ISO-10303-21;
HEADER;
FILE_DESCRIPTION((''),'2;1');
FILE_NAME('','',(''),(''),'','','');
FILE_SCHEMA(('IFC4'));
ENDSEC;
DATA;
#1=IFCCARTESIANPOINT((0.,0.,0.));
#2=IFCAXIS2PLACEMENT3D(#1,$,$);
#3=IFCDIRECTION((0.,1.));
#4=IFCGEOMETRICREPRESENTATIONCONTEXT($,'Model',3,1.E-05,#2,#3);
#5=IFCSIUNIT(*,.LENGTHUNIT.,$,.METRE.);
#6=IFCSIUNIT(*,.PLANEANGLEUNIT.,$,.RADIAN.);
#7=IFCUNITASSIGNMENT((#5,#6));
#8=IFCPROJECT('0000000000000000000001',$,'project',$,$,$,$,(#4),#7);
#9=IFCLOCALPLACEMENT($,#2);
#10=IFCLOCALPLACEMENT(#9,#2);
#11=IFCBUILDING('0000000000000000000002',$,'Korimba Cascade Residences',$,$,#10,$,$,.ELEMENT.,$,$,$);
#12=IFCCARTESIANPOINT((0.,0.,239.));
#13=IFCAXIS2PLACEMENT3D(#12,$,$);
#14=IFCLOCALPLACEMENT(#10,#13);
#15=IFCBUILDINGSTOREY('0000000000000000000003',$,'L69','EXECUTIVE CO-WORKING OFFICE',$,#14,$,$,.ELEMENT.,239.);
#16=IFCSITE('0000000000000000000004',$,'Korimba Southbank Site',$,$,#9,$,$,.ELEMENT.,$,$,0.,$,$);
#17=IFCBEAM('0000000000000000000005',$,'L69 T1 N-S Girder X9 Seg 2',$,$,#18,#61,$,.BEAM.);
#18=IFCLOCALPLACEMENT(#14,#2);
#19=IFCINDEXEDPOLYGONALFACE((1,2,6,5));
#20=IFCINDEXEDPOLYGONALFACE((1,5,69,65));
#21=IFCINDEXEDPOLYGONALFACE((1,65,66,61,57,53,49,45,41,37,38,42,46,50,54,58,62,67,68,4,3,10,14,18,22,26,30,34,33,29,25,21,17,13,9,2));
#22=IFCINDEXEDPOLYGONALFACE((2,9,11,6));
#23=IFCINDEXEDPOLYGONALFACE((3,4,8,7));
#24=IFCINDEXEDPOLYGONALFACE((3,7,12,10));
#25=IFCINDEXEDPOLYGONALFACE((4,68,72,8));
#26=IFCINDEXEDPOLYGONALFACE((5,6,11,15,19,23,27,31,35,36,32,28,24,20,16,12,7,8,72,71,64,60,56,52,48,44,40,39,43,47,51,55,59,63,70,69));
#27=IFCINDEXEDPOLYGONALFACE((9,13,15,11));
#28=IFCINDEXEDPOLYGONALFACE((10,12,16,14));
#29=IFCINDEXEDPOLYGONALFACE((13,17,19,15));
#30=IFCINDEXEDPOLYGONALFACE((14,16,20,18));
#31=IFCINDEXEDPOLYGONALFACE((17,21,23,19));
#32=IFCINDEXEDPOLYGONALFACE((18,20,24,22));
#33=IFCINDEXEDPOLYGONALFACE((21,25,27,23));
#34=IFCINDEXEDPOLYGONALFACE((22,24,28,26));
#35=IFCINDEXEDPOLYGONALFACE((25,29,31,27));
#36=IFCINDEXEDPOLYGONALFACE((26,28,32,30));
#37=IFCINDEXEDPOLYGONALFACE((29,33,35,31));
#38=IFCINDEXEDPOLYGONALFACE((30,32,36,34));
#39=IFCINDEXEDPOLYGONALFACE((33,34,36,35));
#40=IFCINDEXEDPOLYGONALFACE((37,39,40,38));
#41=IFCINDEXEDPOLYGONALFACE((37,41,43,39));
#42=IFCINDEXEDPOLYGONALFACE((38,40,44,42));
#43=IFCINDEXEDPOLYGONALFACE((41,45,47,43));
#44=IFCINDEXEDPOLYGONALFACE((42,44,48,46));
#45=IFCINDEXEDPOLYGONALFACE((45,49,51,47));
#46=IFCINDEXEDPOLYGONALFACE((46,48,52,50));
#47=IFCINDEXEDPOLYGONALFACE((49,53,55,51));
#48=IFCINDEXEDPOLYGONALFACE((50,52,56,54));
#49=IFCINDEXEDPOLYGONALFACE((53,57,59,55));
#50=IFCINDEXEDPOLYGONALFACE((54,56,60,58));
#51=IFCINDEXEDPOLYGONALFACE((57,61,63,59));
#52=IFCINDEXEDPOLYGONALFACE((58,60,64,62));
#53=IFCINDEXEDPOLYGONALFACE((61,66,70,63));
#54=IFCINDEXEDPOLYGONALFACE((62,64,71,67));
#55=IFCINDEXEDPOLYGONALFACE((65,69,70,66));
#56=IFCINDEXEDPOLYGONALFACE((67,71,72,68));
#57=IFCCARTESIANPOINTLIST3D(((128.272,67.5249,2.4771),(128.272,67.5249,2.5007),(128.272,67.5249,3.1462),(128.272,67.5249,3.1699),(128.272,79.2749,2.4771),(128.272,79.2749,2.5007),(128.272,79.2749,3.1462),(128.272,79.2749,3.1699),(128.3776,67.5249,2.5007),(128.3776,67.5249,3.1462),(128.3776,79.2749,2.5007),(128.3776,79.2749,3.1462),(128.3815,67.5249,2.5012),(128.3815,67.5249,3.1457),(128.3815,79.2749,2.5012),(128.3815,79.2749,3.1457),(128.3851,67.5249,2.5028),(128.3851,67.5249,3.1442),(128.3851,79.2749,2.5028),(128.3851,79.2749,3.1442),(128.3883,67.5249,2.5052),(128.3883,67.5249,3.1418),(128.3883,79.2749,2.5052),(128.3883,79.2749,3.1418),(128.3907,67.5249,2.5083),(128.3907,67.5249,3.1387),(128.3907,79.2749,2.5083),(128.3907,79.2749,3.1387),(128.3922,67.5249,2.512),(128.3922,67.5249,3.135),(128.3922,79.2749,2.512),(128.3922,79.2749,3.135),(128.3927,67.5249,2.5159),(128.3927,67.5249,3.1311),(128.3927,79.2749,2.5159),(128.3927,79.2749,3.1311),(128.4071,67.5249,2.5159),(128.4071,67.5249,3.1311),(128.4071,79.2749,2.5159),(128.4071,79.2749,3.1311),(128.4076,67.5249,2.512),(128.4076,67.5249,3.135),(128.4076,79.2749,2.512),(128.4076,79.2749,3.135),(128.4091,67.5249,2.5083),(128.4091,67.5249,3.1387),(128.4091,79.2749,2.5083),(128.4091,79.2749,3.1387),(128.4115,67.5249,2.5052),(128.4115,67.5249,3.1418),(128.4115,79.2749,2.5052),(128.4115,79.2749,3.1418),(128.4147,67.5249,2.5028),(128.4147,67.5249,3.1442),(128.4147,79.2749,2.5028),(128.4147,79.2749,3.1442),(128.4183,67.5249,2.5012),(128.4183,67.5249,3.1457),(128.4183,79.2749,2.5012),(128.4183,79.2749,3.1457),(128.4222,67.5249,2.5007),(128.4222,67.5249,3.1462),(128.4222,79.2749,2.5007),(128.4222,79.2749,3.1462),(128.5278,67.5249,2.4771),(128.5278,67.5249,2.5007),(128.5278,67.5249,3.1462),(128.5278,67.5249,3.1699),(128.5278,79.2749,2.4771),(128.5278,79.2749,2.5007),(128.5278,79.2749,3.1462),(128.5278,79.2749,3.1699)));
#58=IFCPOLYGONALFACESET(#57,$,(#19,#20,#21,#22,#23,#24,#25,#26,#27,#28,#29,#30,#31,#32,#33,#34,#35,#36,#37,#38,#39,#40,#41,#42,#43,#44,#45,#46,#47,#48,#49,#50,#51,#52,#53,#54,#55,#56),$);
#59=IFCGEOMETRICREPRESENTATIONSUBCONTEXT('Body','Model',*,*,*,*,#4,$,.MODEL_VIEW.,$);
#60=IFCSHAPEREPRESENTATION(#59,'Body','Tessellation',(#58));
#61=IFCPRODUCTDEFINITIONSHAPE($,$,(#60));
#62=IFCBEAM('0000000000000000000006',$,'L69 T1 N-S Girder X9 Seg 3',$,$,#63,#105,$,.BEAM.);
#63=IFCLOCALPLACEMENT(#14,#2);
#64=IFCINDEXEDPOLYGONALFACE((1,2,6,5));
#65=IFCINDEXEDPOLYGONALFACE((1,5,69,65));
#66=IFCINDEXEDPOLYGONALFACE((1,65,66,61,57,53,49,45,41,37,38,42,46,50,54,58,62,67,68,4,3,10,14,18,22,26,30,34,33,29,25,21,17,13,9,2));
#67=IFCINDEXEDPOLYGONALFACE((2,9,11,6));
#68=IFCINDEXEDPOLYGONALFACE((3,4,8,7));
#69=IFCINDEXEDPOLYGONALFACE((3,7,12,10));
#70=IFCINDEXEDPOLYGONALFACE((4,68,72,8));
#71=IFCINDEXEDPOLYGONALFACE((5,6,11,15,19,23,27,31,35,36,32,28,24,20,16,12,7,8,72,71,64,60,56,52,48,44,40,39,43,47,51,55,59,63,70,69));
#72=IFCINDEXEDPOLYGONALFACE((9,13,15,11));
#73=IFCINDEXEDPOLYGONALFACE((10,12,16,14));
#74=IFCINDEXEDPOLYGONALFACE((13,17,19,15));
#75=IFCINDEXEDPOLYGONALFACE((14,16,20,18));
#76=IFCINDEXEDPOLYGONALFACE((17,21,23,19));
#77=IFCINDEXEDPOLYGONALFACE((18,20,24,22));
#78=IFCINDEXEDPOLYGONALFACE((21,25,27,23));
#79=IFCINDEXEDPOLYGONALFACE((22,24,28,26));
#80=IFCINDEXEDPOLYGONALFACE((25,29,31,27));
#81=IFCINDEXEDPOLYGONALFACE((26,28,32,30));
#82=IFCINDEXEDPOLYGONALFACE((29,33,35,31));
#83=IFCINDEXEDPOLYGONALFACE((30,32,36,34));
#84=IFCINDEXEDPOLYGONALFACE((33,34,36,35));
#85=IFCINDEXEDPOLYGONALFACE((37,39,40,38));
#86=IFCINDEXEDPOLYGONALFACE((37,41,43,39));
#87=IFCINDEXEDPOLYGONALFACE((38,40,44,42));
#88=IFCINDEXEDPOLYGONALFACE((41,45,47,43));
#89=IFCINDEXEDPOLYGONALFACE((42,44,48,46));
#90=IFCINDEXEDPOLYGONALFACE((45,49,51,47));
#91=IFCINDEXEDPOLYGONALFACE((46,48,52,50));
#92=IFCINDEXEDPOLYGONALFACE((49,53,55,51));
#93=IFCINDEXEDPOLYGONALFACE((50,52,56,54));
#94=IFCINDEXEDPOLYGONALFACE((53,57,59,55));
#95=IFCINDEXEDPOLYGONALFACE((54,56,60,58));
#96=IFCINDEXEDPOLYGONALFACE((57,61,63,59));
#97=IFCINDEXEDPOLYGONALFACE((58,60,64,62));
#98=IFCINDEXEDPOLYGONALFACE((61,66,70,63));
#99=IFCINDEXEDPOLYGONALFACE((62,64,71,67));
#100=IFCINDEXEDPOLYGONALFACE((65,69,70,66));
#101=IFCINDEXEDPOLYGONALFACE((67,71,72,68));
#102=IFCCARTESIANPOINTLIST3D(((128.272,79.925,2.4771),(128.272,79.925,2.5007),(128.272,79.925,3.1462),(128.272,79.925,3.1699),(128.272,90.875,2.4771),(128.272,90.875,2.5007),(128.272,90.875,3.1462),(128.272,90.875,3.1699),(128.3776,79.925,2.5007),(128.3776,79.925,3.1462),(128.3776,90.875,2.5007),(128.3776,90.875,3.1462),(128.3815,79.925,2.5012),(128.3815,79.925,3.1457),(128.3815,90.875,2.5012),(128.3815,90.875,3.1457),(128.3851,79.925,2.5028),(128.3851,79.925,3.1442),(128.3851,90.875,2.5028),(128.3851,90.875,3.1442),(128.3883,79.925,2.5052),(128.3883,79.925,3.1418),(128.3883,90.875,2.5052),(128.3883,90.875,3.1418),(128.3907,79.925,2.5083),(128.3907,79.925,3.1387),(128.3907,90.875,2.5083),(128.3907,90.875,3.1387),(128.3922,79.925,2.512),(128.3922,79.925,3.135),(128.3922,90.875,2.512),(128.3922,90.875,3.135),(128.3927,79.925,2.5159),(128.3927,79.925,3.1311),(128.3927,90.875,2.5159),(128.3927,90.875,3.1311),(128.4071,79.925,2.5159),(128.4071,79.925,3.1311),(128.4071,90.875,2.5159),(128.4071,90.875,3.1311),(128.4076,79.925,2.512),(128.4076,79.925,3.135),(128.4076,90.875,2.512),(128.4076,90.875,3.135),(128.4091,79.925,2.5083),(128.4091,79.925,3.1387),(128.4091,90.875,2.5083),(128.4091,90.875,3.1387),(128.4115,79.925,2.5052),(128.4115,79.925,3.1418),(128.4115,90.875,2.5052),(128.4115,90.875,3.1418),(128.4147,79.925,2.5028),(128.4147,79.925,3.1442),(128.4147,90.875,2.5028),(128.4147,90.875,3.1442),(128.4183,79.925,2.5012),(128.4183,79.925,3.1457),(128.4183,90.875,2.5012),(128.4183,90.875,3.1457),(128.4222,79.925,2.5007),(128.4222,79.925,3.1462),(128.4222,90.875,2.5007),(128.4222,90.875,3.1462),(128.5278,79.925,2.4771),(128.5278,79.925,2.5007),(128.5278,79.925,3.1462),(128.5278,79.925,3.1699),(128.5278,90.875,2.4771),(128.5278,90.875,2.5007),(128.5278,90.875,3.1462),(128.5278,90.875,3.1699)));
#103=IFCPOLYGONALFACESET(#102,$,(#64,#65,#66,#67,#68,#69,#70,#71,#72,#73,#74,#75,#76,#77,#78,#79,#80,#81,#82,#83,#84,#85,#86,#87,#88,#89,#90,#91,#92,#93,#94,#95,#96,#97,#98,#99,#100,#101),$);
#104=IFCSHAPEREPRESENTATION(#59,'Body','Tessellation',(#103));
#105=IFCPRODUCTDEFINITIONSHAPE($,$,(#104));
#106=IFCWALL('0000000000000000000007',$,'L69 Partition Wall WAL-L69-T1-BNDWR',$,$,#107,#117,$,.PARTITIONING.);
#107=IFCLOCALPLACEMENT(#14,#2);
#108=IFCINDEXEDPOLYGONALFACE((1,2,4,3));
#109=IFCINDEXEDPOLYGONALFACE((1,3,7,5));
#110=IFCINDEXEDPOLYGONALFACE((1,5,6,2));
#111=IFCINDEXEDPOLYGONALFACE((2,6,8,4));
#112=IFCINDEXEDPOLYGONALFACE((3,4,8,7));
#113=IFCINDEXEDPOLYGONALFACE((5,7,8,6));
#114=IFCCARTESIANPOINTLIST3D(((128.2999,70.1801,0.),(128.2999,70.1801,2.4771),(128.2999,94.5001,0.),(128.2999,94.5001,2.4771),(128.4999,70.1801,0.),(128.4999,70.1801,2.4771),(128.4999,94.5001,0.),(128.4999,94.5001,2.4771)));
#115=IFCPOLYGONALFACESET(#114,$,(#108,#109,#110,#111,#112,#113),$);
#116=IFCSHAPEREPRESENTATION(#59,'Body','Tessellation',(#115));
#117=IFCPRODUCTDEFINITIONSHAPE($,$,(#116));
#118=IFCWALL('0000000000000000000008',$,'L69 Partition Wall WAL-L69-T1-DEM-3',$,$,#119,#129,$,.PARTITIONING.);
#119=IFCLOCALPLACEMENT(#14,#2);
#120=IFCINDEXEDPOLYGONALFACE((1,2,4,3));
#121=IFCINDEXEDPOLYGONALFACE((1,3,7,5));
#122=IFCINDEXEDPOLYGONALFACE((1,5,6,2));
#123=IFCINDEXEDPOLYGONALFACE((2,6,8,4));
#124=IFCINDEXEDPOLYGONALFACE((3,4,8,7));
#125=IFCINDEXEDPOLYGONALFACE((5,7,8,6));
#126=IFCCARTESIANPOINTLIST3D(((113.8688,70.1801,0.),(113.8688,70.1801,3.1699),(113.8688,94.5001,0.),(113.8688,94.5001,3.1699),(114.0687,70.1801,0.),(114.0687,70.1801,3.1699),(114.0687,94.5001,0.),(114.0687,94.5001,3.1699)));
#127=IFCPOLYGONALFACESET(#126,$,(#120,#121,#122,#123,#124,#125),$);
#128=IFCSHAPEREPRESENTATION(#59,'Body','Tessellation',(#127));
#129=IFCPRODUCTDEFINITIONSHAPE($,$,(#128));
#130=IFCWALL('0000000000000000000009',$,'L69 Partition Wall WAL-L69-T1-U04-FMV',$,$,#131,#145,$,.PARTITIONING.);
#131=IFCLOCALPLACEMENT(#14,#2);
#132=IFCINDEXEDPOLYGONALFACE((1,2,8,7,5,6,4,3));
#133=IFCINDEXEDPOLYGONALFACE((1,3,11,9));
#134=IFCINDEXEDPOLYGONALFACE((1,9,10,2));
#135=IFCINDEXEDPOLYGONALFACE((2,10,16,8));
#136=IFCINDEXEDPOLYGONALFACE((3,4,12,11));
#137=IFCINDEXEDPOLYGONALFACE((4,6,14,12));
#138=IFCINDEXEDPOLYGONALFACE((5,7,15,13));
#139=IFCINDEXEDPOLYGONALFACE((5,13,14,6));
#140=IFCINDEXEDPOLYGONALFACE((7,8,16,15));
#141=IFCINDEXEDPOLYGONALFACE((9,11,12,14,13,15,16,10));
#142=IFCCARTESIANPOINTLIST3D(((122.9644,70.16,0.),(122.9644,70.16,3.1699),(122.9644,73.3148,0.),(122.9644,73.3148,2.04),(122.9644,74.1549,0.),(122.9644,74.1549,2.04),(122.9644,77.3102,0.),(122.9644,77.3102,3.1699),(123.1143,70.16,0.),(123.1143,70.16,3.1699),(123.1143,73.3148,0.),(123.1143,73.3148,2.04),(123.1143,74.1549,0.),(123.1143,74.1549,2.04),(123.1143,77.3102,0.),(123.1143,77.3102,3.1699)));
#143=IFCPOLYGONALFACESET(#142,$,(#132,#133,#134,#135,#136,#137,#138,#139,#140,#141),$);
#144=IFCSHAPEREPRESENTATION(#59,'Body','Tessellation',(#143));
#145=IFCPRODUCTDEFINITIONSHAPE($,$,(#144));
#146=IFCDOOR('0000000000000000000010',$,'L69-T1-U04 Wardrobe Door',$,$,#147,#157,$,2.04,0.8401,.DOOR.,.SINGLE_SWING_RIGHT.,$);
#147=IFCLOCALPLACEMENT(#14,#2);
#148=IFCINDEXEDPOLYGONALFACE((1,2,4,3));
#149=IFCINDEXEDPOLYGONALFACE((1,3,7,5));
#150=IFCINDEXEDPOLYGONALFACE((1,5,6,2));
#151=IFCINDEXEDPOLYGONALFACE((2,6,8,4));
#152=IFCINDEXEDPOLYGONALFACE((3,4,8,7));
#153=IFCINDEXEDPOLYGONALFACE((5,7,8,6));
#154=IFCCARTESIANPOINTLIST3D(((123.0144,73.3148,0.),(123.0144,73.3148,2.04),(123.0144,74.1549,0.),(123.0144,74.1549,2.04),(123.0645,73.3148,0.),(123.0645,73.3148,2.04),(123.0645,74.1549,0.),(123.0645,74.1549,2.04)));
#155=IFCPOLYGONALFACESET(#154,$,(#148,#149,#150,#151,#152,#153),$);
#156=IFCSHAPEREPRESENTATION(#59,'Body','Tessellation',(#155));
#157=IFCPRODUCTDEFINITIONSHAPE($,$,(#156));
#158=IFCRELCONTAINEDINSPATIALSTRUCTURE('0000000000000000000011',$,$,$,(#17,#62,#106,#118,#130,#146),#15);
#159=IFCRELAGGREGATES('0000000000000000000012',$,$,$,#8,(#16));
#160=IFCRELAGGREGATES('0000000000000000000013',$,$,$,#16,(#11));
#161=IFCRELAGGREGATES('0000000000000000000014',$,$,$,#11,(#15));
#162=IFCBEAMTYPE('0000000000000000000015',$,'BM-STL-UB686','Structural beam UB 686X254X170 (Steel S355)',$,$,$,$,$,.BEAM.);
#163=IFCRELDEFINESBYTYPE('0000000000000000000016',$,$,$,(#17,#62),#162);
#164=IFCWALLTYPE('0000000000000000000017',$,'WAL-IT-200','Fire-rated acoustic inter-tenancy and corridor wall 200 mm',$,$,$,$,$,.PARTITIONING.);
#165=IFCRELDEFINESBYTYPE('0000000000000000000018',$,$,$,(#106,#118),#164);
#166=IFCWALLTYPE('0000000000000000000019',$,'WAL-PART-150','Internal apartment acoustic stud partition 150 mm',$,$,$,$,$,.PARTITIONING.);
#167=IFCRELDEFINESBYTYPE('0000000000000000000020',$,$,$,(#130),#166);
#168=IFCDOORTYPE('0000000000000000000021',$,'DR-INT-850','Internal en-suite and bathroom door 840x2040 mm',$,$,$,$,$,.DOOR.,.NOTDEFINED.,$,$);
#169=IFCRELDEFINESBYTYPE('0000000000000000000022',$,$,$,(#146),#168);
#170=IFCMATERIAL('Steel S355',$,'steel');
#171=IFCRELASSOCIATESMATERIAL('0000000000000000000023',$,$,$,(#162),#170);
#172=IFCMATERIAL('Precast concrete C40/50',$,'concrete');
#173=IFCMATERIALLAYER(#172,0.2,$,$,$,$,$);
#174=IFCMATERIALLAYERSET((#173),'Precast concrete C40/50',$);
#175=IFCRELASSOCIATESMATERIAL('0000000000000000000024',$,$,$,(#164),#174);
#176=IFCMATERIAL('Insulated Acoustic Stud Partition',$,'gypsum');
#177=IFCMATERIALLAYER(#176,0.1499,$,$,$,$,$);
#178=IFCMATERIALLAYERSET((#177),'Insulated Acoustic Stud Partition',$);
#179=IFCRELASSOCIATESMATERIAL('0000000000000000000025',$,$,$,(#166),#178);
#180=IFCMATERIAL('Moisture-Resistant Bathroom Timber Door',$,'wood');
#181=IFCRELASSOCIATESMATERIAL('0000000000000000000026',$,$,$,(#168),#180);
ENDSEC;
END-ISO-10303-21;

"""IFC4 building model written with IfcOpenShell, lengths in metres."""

from ifc_helpers import new_model, si_unit, direction, frame, frame_2d, origin, origin_2d, place, context, subcontext, project, spatial, rectangle, i_section, extrude, material, layer, layer_set, material_profile, profile_set, type_object, element, fill, save


model = new_model("IFC4")

# Units and contexts
model_context = context("Model", 3, precision=1e-05, world=origin(), true_north=direction((0.0, 1.0)))
body_context = subcontext(model_context, "Body", "Model", "MODEL_VIEW")
ifc_project = project(units=[si_unit("LENGTHUNIT", "METRE"), si_unit("PLANEANGLEUNIT", "RADIAN")], contexts=[model_context])

# Site, building, storey
site_placement = place(None, origin())
site = spatial("IfcSite", under=ifc_project, at=site_placement, Name="Korimba Southbank Site", CompositionType="ELEMENT", RefElevation=0.0)
building_placement = place(site_placement, origin())
building = spatial("IfcBuilding", under=site, at=building_placement, Name="Korimba Cascade Residences", CompositionType="ELEMENT")
storey_placement = place(building_placement, frame((0.0, 0.0, 239.0)))
storey = spatial("IfcBuildingStorey", under=building, at=storey_placement, Name="L69", Description="EXECUTIVE CO-WORKING OFFICE", CompositionType="ELEMENT", Elevation=239.0)

# Beams
ifc_material_1 = material(Name="Steel S355", Category="steel")
ifc_material_profile_1 = material_profile(ifc_material_1, i_section(OverallWidth=0.2559, OverallDepth=0.6929, WebThickness=0.0144, FlangeThickness=0.0237, FilletRadius=0.0151, at=origin_2d()), Name="Steel S355")
ifc_profile_set_1 = profile_set([ifc_material_profile_1], Name="Steel S355")
beam_type_1 = type_object("IfcBeamType", Name="BM-STL-UB686", Description="Structural beam UB 686X254X170 (Steel S355)", PredefinedType="BEAM", material=ifc_profile_set_1)
beam_1_placement = place(storey_placement, frame((128.3999, 67.5249, 2.8235), z_axis=(0.0, 1.0, 0.0), x_axis=(-1.0, 0.0, 0.0)))
element("IfcBeam", 1, at=beam_1_placement, inside=storey, type_object=beam_type_1, Name="L69 T1 N-S Girder X9 Seg 2", PredefinedType="BEAM", context=body_context, shape_type="SweptSolid", body=[
    extrude(i_section(OverallWidth=0.2559, OverallDepth=0.6929, WebThickness=0.0144, FlangeThickness=0.0237, FilletRadius=0.0151, at=origin_2d()), origin(), (0.0, 0.0, 1.0), 11.75),
])
beam_2_placement = place(storey_placement, frame((128.3999, 79.925, 2.8235), z_axis=(0.0, 1.0, 0.0), x_axis=(-1.0, 0.0, 0.0)))
element("IfcBeam", 2, at=beam_2_placement, inside=storey, type_object=beam_type_1, Name="L69 T1 N-S Girder X9 Seg 3", PredefinedType="BEAM", context=body_context, shape_type="SweptSolid", body=[
    extrude(i_section(OverallWidth=0.2559, OverallDepth=0.6929, WebThickness=0.0144, FlangeThickness=0.0237, FilletRadius=0.0151, at=origin_2d()), origin(), (0.0, 0.0, 1.0), 10.95),
])

# Walls
ifc_material_2 = material(Name="Precast concrete C40/50", Category="concrete")
ifc_layer_1 = layer(ifc_material_2, 0.2)
ifc_layer_set_1 = layer_set([ifc_layer_1], Name="Precast concrete C40/50")
wall_type_1 = type_object("IfcWallType", Name="WAL-IT-200", Description="Fire-rated acoustic inter-tenancy and corridor wall 200 mm", PredefinedType="PARTITIONING", material=ifc_layer_set_1)
wall_1_placement = place(storey_placement, frame((128.3999, 70.1799, 0.0), z_axis=(0.0, 0.0, 1.0), x_axis=(0.0, 1.0, 0.0)))
element("IfcWall", 3, at=wall_1_placement, inside=storey, type_object=wall_type_1, Name="L69 Partition Wall WAL-L69-T1-BNDWR", PredefinedType="PARTITIONING", context=body_context, shape_type="SweptSolid", body=[
    extrude(rectangle(XDim=24.3201, YDim=0.2, at=frame_2d((12.1602, 0.0))), origin(), (0.0, 0.0, 1.0), 2.4771),
])
wall_2_placement = place(storey_placement, frame((113.9688, 70.1799, 0.0), z_axis=(0.0, 0.0, 1.0), x_axis=(0.0, 1.0, 0.0)))
element("IfcWall", 4, at=wall_2_placement, inside=storey, type_object=wall_type_1, Name="L69 Partition Wall WAL-L69-T1-DEM-3", PredefinedType="PARTITIONING", context=body_context, shape_type="SweptSolid", body=[
    extrude(rectangle(XDim=24.3201, YDim=0.2, at=frame_2d((12.1602, 0.0))), origin(), (0.0, 0.0, 1.0), 3.1699),
])

# Wall, opening, door
ifc_material_3 = material(Name="Insulated Acoustic Stud Partition", Category="gypsum")
ifc_layer_2 = layer(ifc_material_3, 0.1499)
ifc_layer_set_2 = layer_set([ifc_layer_2], Name="Insulated Acoustic Stud Partition")
wall_type_2 = type_object("IfcWallType", Name="WAL-PART-150", Description="Internal apartment acoustic stud partition 150 mm", PredefinedType="PARTITIONING", material=ifc_layer_set_2)
wall_3_placement = place(storey_placement, frame((123.0393, 70.1599, 0.0), z_axis=(0.0, 0.0, 1.0), x_axis=(0.0, 1.0, 0.0)))
wall_3 = element("IfcWall", 5, at=wall_3_placement, inside=storey, type_object=wall_type_2, Name="L69 Partition Wall WAL-L69-T1-U04-FMV", PredefinedType="PARTITIONING", context=body_context, shape_type="SweptSolid", body=[
    extrude(rectangle(XDim=7.1501, YDim=0.1499, at=frame_2d((3.5752, 0.0))), origin(), (0.0, 0.0, 1.0), 3.1699),
])
opening_1_placement = place(wall_3_placement, frame((3.155, 0.0, 0.0)))
opening_1 = element("IfcOpeningElement", 6, at=opening_1_placement, cuts=wall_3, PredefinedType="OPENING", context=body_context, shape_type="SweptSolid", body=[
    extrude(rectangle(XDim=0.8401, YDim=2.04, at=frame_2d((0.4199, 1.02))), frame((0.0, 0.085, 0.0), z_axis=(0.0, -1.0, 0.0), x_axis=(1.0, 0.0, 0.0)), (0.0, 0.0, 1.0), 0.1699),
])
ifc_material_4 = material(Name="Moisture-Resistant Bathroom Timber Door", Category="wood")
door_type_1 = type_object("IfcDoorType", Name="DR-INT-850", Description="Internal en-suite and bathroom door 840x2040 mm", OperationType="NOTDEFINED", PredefinedType="DOOR", material=ifc_material_4)
door_1_placement = place(opening_1_placement, origin())
door_1 = element("IfcDoor", 7, at=door_1_placement, inside=storey, type_object=door_type_1, Name="L69-T1-U04 Wardrobe Door", OperationType="SINGLE_SWING_RIGHT", OverallHeight=2.04, OverallWidth=0.8401, PredefinedType="DOOR", context=body_context, shape_type="SweptSolid", body=[
    extrude(rectangle(XDim=0.8401, YDim=2.04, at=frame_2d((0.4199, 1.02))), frame((0.0, 0.0249, 0.0), z_axis=(0.0, -1.0, 0.0), x_axis=(1.0, 0.0, 0.0)), (0.0, 0.0, 1.0), 0.05),
])
fill(opening_1, door_1)

save(model, "model.ifc")
